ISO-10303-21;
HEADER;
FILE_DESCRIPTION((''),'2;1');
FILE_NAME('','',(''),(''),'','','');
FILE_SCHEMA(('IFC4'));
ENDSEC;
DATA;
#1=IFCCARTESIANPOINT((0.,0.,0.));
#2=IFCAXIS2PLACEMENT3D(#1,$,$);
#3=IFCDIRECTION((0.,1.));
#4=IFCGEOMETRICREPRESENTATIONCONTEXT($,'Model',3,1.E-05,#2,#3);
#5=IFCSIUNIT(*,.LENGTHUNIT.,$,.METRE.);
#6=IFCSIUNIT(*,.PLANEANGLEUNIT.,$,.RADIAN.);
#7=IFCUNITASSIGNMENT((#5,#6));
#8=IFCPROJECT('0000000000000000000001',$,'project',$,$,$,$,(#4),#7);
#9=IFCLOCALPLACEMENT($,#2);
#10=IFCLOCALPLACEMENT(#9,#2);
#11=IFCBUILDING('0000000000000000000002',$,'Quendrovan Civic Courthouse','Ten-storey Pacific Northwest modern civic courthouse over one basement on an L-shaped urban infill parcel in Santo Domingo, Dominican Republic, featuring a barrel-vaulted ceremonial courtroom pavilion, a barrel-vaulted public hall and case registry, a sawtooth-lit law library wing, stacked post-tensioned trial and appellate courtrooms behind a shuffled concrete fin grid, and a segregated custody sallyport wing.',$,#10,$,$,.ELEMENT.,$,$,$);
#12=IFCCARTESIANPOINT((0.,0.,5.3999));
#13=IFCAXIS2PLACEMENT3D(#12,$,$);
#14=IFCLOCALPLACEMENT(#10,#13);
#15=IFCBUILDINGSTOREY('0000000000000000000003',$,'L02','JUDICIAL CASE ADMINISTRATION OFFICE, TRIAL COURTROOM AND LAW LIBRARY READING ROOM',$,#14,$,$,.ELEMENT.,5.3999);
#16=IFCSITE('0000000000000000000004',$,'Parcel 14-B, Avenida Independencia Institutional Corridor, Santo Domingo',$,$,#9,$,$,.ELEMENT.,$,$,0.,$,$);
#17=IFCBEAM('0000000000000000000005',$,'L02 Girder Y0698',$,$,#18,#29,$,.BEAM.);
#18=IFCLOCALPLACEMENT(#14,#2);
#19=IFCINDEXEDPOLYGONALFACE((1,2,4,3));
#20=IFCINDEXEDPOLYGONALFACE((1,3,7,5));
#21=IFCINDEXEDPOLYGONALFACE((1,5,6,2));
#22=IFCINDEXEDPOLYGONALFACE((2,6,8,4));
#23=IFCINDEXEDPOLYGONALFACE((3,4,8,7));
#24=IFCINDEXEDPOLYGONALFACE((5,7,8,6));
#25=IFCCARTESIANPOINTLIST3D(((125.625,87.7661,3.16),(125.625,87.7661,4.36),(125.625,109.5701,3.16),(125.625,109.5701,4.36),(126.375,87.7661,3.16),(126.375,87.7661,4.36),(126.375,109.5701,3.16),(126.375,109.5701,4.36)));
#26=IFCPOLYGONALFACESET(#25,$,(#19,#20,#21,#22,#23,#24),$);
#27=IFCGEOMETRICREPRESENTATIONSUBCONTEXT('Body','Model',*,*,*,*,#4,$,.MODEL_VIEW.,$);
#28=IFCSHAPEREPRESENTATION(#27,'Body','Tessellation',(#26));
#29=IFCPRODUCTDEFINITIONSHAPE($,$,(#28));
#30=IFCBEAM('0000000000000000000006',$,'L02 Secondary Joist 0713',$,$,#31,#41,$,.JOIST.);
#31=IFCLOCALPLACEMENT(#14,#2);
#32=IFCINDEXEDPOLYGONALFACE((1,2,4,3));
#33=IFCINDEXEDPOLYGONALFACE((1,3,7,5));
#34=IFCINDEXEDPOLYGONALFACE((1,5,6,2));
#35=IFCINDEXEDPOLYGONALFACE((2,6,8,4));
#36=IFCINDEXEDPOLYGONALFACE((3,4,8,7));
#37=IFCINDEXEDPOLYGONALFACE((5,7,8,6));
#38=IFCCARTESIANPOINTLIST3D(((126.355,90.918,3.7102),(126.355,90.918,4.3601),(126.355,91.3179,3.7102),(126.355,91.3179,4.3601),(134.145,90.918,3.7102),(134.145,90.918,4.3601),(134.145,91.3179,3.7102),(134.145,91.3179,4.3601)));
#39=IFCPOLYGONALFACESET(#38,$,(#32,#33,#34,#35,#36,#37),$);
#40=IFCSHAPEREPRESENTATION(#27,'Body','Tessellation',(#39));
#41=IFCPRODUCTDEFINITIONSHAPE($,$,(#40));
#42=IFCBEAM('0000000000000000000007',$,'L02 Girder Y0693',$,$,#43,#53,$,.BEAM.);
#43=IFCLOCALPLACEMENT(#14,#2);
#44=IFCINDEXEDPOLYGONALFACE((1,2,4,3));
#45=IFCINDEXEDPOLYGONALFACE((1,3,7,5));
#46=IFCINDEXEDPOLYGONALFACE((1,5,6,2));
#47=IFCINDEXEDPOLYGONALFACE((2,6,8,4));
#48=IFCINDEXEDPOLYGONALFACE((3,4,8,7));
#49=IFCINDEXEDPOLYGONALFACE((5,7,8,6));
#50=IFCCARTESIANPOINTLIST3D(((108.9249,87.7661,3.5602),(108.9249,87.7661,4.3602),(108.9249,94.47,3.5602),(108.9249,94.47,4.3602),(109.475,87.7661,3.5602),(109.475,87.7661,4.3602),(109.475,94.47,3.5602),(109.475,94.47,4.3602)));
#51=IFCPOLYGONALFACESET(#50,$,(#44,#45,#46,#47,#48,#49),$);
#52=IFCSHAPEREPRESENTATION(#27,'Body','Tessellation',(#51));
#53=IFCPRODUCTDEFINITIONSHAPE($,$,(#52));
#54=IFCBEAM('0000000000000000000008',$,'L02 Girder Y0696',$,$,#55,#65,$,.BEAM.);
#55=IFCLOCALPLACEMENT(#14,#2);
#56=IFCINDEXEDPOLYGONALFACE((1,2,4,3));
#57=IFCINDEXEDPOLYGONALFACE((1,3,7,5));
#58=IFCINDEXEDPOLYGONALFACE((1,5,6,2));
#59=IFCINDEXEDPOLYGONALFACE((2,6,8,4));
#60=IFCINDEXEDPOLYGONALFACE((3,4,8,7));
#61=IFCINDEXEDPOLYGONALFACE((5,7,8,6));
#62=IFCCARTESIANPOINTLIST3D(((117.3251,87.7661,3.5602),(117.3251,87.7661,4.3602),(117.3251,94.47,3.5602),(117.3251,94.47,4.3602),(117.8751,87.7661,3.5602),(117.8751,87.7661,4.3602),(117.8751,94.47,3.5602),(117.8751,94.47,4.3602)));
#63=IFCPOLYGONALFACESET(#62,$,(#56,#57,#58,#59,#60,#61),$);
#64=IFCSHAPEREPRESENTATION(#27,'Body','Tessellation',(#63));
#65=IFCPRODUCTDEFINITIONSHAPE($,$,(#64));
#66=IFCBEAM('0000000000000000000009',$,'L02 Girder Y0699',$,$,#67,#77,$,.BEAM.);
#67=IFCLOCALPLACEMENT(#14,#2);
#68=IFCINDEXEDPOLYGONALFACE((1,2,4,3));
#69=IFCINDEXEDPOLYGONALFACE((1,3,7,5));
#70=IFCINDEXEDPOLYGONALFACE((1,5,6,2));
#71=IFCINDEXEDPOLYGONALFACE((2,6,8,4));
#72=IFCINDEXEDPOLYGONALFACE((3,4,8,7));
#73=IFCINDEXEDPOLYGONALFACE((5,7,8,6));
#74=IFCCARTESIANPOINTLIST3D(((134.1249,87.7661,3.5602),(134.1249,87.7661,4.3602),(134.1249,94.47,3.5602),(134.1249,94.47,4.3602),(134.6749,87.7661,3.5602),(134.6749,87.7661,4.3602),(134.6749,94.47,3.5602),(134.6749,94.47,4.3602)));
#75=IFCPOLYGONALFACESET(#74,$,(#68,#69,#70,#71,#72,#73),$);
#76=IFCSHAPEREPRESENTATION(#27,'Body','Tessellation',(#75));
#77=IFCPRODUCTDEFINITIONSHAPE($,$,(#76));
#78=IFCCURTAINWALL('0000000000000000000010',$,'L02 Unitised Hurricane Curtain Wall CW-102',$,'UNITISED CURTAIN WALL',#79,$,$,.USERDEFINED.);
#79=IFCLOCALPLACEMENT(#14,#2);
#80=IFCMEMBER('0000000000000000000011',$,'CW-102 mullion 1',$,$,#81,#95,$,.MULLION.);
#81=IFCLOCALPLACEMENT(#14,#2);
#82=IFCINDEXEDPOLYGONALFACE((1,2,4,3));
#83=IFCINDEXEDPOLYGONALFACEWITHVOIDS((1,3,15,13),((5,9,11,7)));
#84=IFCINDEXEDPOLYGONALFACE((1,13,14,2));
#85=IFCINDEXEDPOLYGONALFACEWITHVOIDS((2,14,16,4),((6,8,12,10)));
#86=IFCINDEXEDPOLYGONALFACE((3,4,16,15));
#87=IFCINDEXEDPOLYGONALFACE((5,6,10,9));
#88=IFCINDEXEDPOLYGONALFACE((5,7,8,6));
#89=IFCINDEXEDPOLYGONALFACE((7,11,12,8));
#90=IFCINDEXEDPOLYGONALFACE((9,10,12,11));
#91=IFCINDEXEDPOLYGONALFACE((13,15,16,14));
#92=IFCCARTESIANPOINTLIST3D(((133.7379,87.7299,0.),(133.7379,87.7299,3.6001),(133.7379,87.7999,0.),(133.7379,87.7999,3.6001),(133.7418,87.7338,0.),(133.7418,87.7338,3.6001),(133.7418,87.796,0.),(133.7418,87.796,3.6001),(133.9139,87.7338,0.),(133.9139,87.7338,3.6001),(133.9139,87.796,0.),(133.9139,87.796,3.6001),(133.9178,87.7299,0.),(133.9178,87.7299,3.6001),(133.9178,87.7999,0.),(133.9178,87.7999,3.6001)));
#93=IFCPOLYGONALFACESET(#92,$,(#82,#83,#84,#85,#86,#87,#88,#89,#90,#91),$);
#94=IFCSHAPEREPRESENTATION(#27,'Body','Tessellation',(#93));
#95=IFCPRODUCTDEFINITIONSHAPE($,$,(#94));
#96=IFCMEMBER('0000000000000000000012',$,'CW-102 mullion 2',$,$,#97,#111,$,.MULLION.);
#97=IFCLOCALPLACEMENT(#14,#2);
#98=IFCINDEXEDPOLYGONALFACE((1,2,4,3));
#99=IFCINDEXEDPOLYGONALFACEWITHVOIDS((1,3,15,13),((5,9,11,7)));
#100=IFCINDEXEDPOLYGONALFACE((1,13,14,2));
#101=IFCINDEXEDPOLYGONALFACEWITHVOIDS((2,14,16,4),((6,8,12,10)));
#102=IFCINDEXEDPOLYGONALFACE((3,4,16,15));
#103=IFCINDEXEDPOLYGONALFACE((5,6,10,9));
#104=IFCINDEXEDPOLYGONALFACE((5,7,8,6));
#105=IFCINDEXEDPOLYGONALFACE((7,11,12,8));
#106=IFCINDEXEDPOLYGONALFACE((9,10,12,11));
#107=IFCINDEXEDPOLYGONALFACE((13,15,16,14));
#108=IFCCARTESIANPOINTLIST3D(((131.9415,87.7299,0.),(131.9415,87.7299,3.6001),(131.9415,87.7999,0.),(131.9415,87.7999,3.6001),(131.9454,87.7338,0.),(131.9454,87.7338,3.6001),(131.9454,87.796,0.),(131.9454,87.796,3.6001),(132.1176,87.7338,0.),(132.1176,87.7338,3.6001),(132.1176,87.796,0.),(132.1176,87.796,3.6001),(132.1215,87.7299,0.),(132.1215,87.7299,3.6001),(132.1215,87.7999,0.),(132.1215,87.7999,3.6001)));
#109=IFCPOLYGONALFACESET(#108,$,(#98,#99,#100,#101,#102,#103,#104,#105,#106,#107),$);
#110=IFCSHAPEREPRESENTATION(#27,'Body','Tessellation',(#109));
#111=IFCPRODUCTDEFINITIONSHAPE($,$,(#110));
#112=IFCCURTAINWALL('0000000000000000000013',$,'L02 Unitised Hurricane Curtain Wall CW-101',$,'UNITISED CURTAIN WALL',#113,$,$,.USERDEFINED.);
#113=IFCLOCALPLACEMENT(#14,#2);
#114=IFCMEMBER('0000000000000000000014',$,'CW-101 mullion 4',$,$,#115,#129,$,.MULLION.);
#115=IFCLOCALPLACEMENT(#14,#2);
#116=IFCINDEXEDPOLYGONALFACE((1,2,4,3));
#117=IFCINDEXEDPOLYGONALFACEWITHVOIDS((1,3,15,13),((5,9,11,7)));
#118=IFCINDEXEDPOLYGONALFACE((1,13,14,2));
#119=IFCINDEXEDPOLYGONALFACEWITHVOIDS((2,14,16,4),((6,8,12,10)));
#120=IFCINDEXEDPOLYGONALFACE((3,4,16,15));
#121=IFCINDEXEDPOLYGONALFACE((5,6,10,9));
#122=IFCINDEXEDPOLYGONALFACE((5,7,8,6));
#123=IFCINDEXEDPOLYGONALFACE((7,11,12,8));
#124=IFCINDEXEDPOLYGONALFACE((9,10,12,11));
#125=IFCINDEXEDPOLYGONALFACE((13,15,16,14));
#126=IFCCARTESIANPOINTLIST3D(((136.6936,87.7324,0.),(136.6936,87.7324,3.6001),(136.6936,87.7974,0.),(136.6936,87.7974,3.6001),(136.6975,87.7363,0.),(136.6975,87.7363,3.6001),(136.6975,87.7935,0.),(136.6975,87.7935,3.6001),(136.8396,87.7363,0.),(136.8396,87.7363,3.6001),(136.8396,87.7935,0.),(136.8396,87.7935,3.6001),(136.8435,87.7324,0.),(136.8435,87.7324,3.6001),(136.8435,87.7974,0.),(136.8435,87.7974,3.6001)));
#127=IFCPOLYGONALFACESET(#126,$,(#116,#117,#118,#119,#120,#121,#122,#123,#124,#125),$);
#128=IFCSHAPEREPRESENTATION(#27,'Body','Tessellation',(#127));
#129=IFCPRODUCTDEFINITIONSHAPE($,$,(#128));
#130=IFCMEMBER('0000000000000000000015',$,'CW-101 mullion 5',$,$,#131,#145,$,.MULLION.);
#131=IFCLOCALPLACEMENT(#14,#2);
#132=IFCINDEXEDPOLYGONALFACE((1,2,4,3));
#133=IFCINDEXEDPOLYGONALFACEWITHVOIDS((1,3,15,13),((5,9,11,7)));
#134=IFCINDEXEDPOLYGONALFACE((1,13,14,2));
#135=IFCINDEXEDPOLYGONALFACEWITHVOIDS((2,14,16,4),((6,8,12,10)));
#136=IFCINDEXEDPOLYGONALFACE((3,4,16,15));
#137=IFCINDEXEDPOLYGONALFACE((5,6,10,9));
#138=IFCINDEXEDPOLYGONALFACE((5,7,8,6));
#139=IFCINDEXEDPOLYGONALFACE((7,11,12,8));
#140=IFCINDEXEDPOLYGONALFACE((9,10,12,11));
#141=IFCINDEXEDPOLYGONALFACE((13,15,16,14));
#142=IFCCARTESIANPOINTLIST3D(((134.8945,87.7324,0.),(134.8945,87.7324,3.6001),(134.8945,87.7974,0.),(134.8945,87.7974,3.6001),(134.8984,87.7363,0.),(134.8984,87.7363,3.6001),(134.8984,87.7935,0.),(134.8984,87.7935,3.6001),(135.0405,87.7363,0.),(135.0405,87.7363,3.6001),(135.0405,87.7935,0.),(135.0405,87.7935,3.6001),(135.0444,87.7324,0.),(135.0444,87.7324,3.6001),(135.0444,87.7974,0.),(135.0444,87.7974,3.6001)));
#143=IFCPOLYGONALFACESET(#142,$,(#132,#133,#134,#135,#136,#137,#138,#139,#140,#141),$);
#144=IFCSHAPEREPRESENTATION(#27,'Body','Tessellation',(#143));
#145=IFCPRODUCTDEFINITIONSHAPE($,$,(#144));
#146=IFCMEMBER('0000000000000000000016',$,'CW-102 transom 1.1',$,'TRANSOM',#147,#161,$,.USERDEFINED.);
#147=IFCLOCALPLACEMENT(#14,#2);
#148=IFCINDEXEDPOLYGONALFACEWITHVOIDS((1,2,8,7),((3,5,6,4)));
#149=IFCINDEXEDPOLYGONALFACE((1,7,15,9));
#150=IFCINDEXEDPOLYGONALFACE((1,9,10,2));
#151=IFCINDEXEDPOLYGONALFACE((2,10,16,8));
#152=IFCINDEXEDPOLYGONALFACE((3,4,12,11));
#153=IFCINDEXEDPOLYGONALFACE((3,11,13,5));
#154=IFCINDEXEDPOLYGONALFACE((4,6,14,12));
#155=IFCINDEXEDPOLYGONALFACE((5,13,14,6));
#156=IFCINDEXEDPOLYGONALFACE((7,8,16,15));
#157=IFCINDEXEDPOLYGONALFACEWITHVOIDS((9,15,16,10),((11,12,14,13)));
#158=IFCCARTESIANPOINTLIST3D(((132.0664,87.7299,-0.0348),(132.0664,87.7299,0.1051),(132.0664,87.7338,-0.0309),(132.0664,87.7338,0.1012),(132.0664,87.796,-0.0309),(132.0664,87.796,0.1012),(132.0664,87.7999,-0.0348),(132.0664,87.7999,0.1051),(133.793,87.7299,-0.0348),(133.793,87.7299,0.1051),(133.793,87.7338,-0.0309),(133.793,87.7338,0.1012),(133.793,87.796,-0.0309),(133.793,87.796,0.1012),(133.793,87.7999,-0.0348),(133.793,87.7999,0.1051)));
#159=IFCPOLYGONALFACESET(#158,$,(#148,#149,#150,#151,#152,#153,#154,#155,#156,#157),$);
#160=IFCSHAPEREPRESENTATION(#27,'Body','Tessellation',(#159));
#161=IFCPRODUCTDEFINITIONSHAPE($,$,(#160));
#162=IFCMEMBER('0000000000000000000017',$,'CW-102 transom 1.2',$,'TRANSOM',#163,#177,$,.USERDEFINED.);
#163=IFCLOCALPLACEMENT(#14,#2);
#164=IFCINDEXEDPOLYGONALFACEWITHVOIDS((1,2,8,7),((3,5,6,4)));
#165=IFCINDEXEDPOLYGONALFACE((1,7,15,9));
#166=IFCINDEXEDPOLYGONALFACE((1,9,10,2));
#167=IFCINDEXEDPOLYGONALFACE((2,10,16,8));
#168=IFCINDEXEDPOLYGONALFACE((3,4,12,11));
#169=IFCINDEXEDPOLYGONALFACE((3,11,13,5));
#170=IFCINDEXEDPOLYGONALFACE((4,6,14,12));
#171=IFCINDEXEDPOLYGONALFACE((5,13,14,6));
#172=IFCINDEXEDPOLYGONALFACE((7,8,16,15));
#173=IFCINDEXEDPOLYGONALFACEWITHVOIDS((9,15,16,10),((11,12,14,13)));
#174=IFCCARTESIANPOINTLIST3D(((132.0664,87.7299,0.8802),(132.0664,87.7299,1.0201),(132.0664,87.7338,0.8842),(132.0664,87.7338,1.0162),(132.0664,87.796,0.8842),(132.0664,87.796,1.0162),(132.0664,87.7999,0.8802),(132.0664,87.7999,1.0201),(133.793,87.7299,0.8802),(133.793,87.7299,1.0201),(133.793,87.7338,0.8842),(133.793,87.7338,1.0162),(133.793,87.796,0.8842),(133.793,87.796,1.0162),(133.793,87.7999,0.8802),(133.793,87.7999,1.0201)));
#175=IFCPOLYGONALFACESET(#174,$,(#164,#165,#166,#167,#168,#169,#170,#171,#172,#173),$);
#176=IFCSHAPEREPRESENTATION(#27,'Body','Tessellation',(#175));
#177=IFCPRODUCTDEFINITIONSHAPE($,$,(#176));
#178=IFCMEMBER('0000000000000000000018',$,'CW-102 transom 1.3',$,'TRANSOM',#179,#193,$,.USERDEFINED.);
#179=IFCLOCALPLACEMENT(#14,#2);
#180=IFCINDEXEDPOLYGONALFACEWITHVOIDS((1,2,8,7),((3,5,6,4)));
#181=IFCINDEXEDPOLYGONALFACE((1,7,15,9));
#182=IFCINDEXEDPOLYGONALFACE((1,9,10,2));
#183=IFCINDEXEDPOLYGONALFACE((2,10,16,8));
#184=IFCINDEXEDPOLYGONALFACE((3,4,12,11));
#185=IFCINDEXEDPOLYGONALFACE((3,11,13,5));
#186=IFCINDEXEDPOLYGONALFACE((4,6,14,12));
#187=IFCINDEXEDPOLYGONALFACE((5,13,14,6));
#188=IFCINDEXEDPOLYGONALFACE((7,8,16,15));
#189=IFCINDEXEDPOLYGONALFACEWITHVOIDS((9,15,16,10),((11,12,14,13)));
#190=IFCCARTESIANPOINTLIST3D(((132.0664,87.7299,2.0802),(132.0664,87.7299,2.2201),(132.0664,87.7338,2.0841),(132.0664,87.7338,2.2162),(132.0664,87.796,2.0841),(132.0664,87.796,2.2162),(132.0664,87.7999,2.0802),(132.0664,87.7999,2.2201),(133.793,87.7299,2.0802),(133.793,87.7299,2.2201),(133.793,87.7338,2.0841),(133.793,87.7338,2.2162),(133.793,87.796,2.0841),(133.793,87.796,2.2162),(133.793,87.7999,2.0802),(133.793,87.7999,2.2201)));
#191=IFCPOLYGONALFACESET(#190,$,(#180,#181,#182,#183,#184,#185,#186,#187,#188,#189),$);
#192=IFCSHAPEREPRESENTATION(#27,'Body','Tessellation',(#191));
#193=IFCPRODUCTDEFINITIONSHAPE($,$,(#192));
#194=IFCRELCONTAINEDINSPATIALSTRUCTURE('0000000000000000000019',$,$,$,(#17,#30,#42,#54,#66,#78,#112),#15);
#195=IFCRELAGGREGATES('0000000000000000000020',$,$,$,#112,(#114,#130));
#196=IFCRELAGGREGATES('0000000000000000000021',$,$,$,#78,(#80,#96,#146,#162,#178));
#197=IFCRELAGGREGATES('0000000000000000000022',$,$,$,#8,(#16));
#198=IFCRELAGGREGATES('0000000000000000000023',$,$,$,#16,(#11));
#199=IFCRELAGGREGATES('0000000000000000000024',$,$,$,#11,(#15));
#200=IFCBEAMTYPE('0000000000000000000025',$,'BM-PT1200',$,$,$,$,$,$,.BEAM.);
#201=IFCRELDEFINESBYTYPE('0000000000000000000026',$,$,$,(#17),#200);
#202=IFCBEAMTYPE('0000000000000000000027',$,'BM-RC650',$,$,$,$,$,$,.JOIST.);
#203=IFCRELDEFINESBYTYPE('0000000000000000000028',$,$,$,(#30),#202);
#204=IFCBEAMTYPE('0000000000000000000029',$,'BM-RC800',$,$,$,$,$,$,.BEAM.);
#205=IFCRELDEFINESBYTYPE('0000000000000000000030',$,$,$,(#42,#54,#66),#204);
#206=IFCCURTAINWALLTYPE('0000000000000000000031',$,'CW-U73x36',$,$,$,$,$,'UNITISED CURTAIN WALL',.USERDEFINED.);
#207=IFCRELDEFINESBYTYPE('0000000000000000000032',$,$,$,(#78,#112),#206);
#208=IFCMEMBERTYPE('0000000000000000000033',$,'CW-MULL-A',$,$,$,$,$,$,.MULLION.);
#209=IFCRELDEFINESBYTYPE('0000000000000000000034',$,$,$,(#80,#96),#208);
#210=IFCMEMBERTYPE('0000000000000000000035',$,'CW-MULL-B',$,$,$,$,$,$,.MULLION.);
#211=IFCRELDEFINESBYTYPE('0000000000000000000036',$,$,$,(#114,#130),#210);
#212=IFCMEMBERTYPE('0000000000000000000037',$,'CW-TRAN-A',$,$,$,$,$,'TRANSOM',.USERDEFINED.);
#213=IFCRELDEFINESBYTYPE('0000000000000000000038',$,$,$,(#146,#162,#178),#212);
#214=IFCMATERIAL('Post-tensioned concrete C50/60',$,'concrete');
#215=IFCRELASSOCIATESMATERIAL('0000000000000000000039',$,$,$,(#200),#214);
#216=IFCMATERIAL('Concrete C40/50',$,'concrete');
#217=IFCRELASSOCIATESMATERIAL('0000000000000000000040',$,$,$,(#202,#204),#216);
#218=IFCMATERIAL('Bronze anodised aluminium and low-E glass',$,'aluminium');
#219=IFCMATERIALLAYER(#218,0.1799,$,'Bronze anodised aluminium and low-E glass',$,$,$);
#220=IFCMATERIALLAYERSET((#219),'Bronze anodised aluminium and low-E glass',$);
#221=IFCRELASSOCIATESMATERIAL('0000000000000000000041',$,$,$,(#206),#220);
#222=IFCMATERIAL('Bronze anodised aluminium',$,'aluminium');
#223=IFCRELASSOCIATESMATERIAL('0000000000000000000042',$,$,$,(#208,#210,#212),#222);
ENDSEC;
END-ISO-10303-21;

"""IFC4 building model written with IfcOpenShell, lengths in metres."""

from ifc_helpers import new_model, si_unit, direction, frame, origin, origin_2d, place, context, subcontext, project, spatial, rectangle, hollow_rectangle, extrude, material, layer, layer_set, material_profile, profile_set, type_object, element, aggregate, save


model = new_model("IFC4")

# Units and contexts
model_context = context("Model", 3, precision=1e-05, world=origin(), true_north=direction((0.0, 1.0)))
body_context = subcontext(model_context, "Body", "Model", "MODEL_VIEW")
ifc_project = project(units=[si_unit("LENGTHUNIT", "METRE"), si_unit("PLANEANGLEUNIT", "RADIAN")], contexts=[model_context])

# Site, building, storey
site_placement = place(None, origin())
site = spatial("IfcSite", under=ifc_project, at=site_placement, Name="Parcel 14-B, Avenida Independencia Institutional Corridor, Santo Domingo", CompositionType="ELEMENT", RefElevation=0.0)
building_placement = place(site_placement, origin())
building = spatial("IfcBuilding", under=site, at=building_placement, Name="Quendrovan Civic Courthouse", Description="Ten-storey Pacific Northwest modern civic courthouse over one basement on an L-shaped urban infill parcel in Santo Domingo, Dominican Republic, featuring a barrel-vaulted ceremonial courtroom pavilion, a barrel-vaulted public hall and case registry, a sawtooth-lit law library wing, stacked post-tensioned trial and appellate courtrooms behind a shuffled concrete fin grid, and a segregated custody sallyport wing.", CompositionType="ELEMENT")
storey_placement = place(building_placement, frame((0.0, 0.0, 5.3999)))
storey = spatial("IfcBuildingStorey", under=building, at=storey_placement, Name="L02", Description="JUDICIAL CASE ADMINISTRATION OFFICE, TRIAL COURTROOM AND LAW LIBRARY READING ROOM", CompositionType="ELEMENT", Elevation=5.3999)

# Beams
ifc_material_1 = material(Name="Post-tensioned concrete C50/60", Category="concrete")
ifc_material_profile_1 = material_profile(ifc_material_1, rectangle(XDim=0.75, YDim=1.2, at=origin_2d()), Name="PT-GIRD-750x1200")
ifc_profile_set_1 = profile_set([ifc_material_profile_1], Name="Post-tensioned concrete C50/60")
beam_type_1 = type_object("IfcBeamType", Name="BM-PT1200", PredefinedType="BEAM", material=ifc_profile_set_1)
beam_1_placement = place(storey_placement, frame((126.0, 87.7661, 3.76), z_axis=(0.0, 1.0, 0.0), x_axis=(-1.0, 0.0, 0.0)))
element("IfcBeam", 1, at=beam_1_placement, inside=storey, type_object=beam_type_1, Name="L02 Girder Y0698", PredefinedType="BEAM", context=body_context, shape_type="SweptSolid", body=[
    extrude(rectangle(XDim=0.75, YDim=1.2, at=origin_2d()), origin(), (0.0, 0.0, 1.0), 21.804),
])
ifc_material_2 = material(Name="Concrete C40/50", Category="concrete")
ifc_material_profile_2 = material_profile(ifc_material_2, rectangle(XDim=0.3999, YDim=0.6499, at=origin_2d()), Name="RC-BM-400x650")
ifc_profile_set_2 = profile_set([ifc_material_profile_2], Name="Concrete C40/50")
beam_type_2 = type_object("IfcBeamType", Name="BM-RC650", PredefinedType="JOIST", material=ifc_profile_set_2)
beam_2_placement = place(storey_placement, frame((126.355, 91.1179, 4.0352), z_axis=(1.0, 0.0, 0.0), x_axis=(0.0, 1.0, 0.0)))
element("IfcBeam", 2, at=beam_2_placement, inside=storey, type_object=beam_type_2, Name="L02 Secondary Joist 0713", PredefinedType="JOIST", context=body_context, shape_type="SweptSolid", body=[
    extrude(rectangle(XDim=0.3999, YDim=0.6499, at=origin_2d()), origin(), (0.0, 0.0, 1.0), 7.79),
])
ifc_material_profile_3 = material_profile(ifc_material_2, rectangle(XDim=0.55, YDim=0.8, at=origin_2d()), Name="RC-BM-550x800")
ifc_profile_set_3 = profile_set([ifc_material_profile_3], Name="Concrete C40/50")
beam_type_3 = type_object("IfcBeamType", Name="BM-RC800", PredefinedType="BEAM", material=ifc_profile_set_3)
for number, where, z_axis, x_axis, name in (
    (3, (109.2, 87.7661, 3.9602), (0.0, 1.0, 0.0), (-1.0, 0.0, 0.0), "L02 Girder Y0693"),
    (4, (117.6001, 87.7661, 3.9602), (0.0, 1.0, 0.0), (-1.0, 0.0, 0.0), "L02 Girder Y0696"),
    (5, (134.3999, 87.7661, 3.9602), (0.0, 1.0, 0.0), (-1.0, 0.0, 0.0), "L02 Girder Y0699"),
):
    element("IfcBeam", number, at=place(storey_placement, frame(where, z_axis=z_axis, x_axis=x_axis)), inside=storey, type_object=beam_type_3, Name=name, PredefinedType="BEAM", context=body_context, shape_type="SweptSolid", body=[
        extrude(rectangle(XDim=0.55, YDim=0.8, at=origin_2d()), origin(), (0.0, 0.0, 1.0), 6.7039),
    ])

# Curtain walls, members
ifc_material_3 = material(Name="Bronze anodised aluminium and low-E glass", Category="aluminium")
ifc_layer_1 = layer(ifc_material_3, 0.1799, Name="Bronze anodised aluminium and low-E glass")
ifc_layer_set_1 = layer_set([ifc_layer_1], Name="Bronze anodised aluminium and low-E glass")
curtain_wall_type = type_object("IfcCurtainWallType", Name="CW-U73x36", ElementType="UNITISED CURTAIN WALL", PredefinedType="USERDEFINED", material=ifc_layer_set_1)
curtain_wall_1_placement = place(storey_placement, origin())
curtain_wall_1 = element("IfcCurtainWall", 6, at=curtain_wall_1_placement, inside=storey, type_object=curtain_wall_type, Name="L02 Unitised Hurricane Curtain Wall CW-102", ObjectType="UNITISED CURTAIN WALL", PredefinedType="USERDEFINED")
ifc_material_4 = material(Name="Bronze anodised aluminium", Category="aluminium")
ifc_material_profile_4 = material_profile(ifc_material_4, hollow_rectangle(XDim=0.0701, YDim=0.1799, WallThickness=0.0039, at=origin_2d()), Name="CW-MULL-70x180")
ifc_profile_set_4 = profile_set([ifc_material_profile_4], Name="Bronze anodised aluminium")
member_type_1 = type_object("IfcMemberType", Name="CW-MULL-A", PredefinedType="MULLION", material=ifc_profile_set_4)
member_1_placement = place(storey_placement, frame((133.8279, 87.7649, 0.0), z_axis=(0.0, 0.0, 1.0), x_axis=(0.0, -1.0, 0.0)))
member_1 = element("IfcMember", 7, at=member_1_placement, type_object=member_type_1, Name="CW-102 mullion 1", PredefinedType="MULLION", context=body_context, shape_type="SweptSolid", body=[
    extrude(hollow_rectangle(XDim=0.0701, YDim=0.1799, WallThickness=0.0039, at=origin_2d()), origin(), (0.0, 0.0, 1.0), 3.6001),
])
member_2_placement = place(storey_placement, frame((132.0315, 87.7649, 0.0), z_axis=(0.0, 0.0, 1.0), x_axis=(0.0, -1.0, 0.0)))
member_2 = element("IfcMember", 8, at=member_2_placement, type_object=member_type_1, Name="CW-102 mullion 2", PredefinedType="MULLION", context=body_context, shape_type="SweptSolid", body=[
    extrude(hollow_rectangle(XDim=0.0701, YDim=0.1799, WallThickness=0.0039, at=origin_2d()), origin(), (0.0, 0.0, 1.0), 3.6001),
])
curtain_wall_2_placement = place(storey_placement, origin())
curtain_wall_2 = element("IfcCurtainWall", 9, at=curtain_wall_2_placement, inside=storey, type_object=curtain_wall_type, Name="L02 Unitised Hurricane Curtain Wall CW-101", ObjectType="UNITISED CURTAIN WALL", PredefinedType="USERDEFINED")
ifc_material_profile_5 = material_profile(ifc_material_4, hollow_rectangle(XDim=0.0649, YDim=0.1499, WallThickness=0.0039, at=origin_2d()), Name="CW-MULL-65x150")
ifc_profile_set_5 = profile_set([ifc_material_profile_5], Name="Bronze anodised aluminium")
member_type_2 = type_object("IfcMemberType", Name="CW-MULL-B", PredefinedType="MULLION", material=ifc_profile_set_5)
member_3_placement = place(storey_placement, frame((136.7686, 87.7649, 0.0), z_axis=(0.0, 0.0, 1.0), x_axis=(0.0, -1.0, 0.0)))
member_3 = element("IfcMember", 10, at=member_3_placement, type_object=member_type_2, Name="CW-101 mullion 4", PredefinedType="MULLION", context=body_context, shape_type="SweptSolid", body=[
    extrude(hollow_rectangle(XDim=0.0649, YDim=0.1499, WallThickness=0.0039, at=origin_2d()), origin(), (0.0, 0.0, 1.0), 3.6001),
])
member_4_placement = place(storey_placement, frame((134.9695, 87.7649, 0.0), z_axis=(0.0, 0.0, 1.0), x_axis=(0.0, -1.0, 0.0)))
member_4 = element("IfcMember", 11, at=member_4_placement, type_object=member_type_2, Name="CW-101 mullion 5", PredefinedType="MULLION", context=body_context, shape_type="SweptSolid", body=[
    extrude(hollow_rectangle(XDim=0.0649, YDim=0.1499, WallThickness=0.0039, at=origin_2d()), origin(), (0.0, 0.0, 1.0), 3.6001),
])

# Members
ifc_material_profile_6 = material_profile(ifc_material_4, hollow_rectangle(XDim=0.0701, YDim=0.1399, WallThickness=0.0039, at=origin_2d()), Name="CW-TRAN-70x140")
ifc_profile_set_6 = profile_set([ifc_material_profile_6], Name="Bronze anodised aluminium")
member_type_3 = type_object("IfcMemberType", Name="CW-TRAN-A", ElementType="TRANSOM", PredefinedType="USERDEFINED", material=ifc_profile_set_6)
member_5_placement = place(storey_placement, frame((133.793, 87.7649, 0.0352), z_axis=(-1.0, 0.0, 0.0), x_axis=(0.0, -1.0, 0.0)))
member_5 = element("IfcMember", 12, at=member_5_placement, type_object=member_type_3, Name="CW-102 transom 1.1", ObjectType="TRANSOM", PredefinedType="USERDEFINED", context=body_context, shape_type="SweptSolid", body=[
    extrude(hollow_rectangle(XDim=0.0701, YDim=0.1399, WallThickness=0.0039, at=origin_2d()), origin(), (0.0, 0.0, 1.0), 1.7266),
])
member_6_placement = place(storey_placement, frame((133.793, 87.7649, 0.9502), z_axis=(-1.0, 0.0, 0.0), x_axis=(0.0, -1.0, 0.0)))
member_6 = element("IfcMember", 13, at=member_6_placement, type_object=member_type_3, Name="CW-102 transom 1.2", ObjectType="TRANSOM", PredefinedType="USERDEFINED", context=body_context, shape_type="SweptSolid", body=[
    extrude(hollow_rectangle(XDim=0.0701, YDim=0.1399, WallThickness=0.0039, at=origin_2d()), origin(), (0.0, 0.0, 1.0), 1.7266),
])
member_7_placement = place(storey_placement, frame((133.793, 87.7649, 2.1501), z_axis=(-1.0, 0.0, 0.0), x_axis=(0.0, -1.0, 0.0)))
member_7 = element("IfcMember", 14, at=member_7_placement, type_object=member_type_3, Name="CW-102 transom 1.3", ObjectType="TRANSOM", PredefinedType="USERDEFINED", context=body_context, shape_type="SweptSolid", body=[
    extrude(hollow_rectangle(XDim=0.0701, YDim=0.1399, WallThickness=0.0039, at=origin_2d()), origin(), (0.0, 0.0, 1.0), 1.7266),
])

aggregate(curtain_wall_2, [member_3, member_4])
aggregate(curtain_wall_1, [member_1, member_2, member_5, member_6, member_7])

save(model, "model.ifc")
